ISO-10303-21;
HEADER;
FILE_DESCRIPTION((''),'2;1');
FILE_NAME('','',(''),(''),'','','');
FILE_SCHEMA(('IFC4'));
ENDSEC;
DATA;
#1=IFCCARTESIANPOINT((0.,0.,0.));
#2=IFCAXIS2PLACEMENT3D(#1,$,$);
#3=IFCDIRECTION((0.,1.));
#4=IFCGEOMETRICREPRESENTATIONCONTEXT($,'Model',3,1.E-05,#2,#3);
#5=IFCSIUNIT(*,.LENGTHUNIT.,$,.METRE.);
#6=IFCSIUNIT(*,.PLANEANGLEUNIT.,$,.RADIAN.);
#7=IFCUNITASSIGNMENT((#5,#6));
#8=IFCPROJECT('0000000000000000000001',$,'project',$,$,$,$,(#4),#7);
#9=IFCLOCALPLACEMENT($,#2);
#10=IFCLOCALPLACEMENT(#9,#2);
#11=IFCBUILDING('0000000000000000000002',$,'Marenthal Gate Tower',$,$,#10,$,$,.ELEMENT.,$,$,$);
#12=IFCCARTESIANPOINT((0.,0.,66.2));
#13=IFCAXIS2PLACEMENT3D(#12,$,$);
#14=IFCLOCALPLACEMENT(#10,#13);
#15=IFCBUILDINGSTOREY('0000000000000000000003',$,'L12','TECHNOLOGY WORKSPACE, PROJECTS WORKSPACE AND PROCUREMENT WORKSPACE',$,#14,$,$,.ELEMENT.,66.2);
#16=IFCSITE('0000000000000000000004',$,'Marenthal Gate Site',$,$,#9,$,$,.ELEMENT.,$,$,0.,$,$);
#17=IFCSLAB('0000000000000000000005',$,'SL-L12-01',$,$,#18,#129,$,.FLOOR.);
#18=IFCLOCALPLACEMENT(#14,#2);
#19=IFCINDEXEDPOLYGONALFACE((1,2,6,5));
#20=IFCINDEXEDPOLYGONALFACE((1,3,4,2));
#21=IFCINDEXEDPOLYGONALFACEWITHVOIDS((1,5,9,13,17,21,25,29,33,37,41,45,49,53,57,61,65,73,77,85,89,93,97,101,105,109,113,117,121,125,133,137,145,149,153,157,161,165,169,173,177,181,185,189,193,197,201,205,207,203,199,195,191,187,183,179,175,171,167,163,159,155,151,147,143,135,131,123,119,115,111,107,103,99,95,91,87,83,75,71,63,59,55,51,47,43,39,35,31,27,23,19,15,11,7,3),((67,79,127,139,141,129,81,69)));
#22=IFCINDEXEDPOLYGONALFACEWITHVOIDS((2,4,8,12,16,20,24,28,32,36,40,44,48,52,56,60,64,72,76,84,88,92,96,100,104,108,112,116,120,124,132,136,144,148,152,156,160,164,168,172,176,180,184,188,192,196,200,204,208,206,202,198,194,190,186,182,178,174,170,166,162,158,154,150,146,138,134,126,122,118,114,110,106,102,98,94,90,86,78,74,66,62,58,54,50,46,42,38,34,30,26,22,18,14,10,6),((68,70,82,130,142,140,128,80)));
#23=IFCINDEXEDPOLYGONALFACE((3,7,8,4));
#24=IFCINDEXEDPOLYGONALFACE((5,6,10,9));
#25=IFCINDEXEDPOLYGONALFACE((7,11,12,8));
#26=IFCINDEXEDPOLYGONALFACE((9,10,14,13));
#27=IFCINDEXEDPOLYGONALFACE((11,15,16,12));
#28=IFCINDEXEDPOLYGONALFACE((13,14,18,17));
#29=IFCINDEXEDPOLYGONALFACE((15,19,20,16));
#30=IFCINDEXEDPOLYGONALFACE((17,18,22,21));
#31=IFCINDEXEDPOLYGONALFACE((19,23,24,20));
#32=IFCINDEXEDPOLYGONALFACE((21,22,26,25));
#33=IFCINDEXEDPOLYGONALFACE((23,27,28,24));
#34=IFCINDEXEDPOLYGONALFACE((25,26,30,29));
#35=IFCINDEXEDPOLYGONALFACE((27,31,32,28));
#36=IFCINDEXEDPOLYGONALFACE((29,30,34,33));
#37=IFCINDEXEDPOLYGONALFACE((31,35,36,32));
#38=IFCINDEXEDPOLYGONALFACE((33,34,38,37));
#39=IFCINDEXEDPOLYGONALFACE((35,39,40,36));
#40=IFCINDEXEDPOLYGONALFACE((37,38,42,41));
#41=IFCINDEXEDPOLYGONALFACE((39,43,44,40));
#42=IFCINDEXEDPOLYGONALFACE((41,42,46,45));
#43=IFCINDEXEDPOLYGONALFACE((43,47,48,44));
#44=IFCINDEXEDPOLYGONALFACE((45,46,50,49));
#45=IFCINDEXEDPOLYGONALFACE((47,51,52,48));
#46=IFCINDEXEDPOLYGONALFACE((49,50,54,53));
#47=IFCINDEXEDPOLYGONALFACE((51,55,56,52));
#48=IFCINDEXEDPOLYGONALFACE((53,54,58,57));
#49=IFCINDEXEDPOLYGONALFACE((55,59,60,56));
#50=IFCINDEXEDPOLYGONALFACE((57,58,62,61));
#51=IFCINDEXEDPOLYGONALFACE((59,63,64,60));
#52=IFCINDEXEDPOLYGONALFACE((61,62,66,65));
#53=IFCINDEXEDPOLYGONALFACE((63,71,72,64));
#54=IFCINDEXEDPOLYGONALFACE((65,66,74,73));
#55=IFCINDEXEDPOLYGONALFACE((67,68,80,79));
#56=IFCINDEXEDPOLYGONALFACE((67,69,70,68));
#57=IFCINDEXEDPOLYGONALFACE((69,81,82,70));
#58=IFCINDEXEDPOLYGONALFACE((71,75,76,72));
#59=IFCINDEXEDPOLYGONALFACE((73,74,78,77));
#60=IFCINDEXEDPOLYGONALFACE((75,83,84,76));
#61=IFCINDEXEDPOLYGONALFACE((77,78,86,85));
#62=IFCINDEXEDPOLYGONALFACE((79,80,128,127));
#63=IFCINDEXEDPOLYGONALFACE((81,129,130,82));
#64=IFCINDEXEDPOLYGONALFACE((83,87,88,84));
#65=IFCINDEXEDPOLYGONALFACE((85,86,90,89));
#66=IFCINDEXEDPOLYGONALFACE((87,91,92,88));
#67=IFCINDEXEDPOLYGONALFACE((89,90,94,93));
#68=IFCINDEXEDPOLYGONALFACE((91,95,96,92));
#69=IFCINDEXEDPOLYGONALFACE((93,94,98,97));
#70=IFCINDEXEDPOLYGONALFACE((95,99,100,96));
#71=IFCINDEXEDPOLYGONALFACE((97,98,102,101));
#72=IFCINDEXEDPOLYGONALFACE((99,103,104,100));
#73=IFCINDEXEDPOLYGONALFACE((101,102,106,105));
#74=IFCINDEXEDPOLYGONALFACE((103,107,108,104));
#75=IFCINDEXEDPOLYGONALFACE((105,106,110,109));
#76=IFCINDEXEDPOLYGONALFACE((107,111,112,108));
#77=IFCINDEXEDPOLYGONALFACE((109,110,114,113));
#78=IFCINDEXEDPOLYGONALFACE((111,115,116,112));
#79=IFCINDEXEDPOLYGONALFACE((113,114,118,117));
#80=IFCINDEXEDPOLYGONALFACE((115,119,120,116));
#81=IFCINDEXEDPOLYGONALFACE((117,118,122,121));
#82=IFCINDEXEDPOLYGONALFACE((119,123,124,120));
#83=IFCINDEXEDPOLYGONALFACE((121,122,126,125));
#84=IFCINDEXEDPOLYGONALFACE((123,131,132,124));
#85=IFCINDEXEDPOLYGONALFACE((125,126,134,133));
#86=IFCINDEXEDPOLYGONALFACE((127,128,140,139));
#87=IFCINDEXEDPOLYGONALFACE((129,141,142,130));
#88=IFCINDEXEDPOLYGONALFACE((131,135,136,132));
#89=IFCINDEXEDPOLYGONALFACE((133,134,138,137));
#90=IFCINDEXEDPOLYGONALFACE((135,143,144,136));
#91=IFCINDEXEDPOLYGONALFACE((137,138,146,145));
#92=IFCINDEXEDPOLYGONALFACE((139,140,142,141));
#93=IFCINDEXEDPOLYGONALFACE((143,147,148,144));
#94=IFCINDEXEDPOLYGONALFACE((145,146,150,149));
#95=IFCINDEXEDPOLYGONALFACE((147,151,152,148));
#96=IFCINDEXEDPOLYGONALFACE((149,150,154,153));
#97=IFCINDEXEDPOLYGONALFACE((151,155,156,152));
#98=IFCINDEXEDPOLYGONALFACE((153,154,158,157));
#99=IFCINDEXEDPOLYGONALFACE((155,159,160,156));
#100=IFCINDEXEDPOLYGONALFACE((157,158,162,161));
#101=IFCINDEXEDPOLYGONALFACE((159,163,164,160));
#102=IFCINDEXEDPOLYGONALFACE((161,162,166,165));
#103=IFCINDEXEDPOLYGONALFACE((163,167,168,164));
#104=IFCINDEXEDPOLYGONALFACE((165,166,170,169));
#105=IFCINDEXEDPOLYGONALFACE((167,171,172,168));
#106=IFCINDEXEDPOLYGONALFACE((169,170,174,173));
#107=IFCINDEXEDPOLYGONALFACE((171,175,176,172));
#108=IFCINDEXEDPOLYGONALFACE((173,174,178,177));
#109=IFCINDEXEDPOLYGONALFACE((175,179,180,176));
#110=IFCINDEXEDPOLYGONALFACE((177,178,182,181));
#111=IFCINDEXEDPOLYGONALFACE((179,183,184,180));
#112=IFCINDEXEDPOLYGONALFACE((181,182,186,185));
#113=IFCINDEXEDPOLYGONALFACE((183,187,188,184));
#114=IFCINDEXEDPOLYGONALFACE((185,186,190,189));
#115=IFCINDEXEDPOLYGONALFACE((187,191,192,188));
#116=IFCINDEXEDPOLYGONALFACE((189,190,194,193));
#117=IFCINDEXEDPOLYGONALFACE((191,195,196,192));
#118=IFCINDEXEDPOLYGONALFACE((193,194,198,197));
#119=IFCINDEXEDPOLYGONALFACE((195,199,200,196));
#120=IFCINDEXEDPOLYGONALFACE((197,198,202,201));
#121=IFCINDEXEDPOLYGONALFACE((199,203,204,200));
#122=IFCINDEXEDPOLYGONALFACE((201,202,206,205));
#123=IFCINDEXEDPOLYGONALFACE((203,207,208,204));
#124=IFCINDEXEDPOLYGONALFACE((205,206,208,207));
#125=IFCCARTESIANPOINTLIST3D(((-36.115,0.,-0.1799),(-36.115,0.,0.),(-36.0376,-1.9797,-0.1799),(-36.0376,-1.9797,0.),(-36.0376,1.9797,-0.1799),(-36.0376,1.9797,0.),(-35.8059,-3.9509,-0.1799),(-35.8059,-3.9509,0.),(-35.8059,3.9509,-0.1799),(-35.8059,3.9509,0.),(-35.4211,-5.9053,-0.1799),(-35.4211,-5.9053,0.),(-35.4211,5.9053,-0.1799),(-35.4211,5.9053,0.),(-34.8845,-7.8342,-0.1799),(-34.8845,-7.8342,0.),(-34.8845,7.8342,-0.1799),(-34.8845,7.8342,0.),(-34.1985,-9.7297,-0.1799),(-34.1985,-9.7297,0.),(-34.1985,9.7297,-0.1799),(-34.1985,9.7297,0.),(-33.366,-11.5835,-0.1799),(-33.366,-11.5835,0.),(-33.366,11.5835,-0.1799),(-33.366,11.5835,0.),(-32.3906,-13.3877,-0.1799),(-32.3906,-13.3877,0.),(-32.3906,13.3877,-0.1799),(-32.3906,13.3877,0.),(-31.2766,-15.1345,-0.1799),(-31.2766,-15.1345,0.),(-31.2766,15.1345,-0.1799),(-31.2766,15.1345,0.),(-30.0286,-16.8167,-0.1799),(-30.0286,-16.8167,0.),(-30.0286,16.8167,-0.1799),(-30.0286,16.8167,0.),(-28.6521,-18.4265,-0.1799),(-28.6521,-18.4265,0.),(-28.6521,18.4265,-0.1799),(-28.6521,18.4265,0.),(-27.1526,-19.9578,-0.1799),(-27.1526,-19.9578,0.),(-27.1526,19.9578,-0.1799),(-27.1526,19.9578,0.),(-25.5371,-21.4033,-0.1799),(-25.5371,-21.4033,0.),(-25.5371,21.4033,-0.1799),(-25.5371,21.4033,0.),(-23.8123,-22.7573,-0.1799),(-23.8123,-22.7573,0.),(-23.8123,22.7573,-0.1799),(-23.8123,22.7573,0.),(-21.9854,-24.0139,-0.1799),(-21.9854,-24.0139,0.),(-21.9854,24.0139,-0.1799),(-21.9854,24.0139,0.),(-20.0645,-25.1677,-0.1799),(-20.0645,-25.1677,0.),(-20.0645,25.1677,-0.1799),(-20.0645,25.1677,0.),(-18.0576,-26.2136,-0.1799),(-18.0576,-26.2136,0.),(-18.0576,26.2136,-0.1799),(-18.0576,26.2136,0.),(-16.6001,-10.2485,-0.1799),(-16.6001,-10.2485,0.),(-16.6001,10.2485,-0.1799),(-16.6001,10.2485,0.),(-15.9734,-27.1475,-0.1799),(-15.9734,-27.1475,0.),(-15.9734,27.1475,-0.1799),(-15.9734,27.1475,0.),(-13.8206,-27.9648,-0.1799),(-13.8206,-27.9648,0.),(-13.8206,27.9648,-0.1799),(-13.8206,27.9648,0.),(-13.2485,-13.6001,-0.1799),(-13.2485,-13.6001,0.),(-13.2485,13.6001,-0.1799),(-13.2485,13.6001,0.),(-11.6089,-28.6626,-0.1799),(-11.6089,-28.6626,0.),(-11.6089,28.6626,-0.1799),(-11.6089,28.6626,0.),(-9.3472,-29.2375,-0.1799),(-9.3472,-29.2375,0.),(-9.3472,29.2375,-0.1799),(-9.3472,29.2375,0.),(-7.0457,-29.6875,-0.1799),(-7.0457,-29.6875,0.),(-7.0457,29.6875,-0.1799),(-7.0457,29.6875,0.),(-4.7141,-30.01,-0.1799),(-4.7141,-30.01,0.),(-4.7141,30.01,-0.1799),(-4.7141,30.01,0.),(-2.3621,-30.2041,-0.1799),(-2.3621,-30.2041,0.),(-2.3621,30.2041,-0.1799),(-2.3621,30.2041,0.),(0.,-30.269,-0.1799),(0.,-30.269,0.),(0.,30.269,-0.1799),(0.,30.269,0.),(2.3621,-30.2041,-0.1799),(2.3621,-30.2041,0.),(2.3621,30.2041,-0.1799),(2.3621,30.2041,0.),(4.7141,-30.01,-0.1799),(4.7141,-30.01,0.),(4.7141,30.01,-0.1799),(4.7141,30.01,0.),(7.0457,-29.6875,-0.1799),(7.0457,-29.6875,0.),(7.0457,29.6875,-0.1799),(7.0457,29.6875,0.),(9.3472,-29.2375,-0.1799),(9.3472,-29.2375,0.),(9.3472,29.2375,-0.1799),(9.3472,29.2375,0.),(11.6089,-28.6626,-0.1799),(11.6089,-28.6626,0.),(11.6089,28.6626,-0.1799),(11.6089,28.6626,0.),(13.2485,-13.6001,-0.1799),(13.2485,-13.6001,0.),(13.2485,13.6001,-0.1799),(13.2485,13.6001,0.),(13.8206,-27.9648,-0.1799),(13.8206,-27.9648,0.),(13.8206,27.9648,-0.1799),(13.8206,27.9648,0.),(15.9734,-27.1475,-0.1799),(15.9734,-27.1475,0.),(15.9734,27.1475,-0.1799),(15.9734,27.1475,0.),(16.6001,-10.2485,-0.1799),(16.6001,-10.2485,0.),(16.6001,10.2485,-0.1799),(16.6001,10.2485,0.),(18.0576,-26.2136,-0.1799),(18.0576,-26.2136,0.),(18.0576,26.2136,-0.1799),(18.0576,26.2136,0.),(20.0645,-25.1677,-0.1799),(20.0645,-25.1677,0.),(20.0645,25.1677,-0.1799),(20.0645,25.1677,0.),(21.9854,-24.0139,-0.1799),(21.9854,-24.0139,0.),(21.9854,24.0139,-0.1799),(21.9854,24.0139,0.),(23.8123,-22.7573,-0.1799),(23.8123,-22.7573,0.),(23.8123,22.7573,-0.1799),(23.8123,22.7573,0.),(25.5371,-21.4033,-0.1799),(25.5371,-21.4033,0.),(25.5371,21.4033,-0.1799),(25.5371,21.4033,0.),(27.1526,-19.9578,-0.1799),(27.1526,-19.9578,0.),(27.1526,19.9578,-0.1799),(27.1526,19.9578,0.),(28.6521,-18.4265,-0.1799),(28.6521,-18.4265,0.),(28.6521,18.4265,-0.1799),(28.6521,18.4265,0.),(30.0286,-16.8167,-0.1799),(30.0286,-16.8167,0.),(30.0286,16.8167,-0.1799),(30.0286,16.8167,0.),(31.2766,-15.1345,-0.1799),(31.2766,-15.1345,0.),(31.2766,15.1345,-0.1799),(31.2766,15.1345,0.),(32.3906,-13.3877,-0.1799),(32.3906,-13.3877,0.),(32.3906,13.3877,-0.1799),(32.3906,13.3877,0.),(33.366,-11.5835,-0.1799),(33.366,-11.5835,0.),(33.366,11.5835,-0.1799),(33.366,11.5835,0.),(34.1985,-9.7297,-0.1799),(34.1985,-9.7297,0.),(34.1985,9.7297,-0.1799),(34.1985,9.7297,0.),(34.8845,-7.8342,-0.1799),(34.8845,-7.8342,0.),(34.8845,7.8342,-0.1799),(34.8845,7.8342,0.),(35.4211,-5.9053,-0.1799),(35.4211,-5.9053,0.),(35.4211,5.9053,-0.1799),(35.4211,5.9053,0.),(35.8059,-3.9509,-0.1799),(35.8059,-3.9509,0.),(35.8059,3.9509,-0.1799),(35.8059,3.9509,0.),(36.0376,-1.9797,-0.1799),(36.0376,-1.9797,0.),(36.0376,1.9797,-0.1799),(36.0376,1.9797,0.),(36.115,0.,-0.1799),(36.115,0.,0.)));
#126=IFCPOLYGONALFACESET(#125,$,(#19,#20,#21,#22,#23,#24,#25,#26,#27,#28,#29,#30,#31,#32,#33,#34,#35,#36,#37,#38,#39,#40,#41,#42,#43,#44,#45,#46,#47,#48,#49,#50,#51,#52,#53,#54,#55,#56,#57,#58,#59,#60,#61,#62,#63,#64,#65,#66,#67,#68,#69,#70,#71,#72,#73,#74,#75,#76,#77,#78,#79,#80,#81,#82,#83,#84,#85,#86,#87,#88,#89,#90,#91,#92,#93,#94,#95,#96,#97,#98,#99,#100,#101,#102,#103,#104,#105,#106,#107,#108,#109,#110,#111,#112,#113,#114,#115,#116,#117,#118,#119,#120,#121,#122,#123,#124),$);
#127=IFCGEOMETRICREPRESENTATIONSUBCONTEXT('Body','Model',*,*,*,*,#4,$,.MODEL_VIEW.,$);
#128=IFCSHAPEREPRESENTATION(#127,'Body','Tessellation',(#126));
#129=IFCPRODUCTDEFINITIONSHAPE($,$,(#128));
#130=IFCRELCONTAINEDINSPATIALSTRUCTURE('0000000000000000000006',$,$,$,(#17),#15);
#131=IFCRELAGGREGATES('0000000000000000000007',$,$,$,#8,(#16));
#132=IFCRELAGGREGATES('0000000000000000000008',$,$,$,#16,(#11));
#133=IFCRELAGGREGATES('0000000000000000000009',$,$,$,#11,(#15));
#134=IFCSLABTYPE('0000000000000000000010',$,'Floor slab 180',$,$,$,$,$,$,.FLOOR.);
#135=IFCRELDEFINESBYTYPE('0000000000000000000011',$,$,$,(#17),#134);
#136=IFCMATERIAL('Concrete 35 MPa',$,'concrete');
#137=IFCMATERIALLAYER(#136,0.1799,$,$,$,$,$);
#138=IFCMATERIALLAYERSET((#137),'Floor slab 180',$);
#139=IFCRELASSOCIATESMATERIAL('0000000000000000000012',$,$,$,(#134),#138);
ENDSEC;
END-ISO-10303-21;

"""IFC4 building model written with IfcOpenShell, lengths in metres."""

from ifc_helpers import new_model, si_unit, direction, frame, origin, place, context, subcontext, project, spatial, polyline, outline, extrude, material, layer, layer_set, type_object, element, save


model = new_model("IFC4")

# Units and contexts
model_context = context("Model", 3, precision=1e-05, world=origin(), true_north=direction((0.0, 1.0)))
body_context = subcontext(model_context, "Body", "Model", "MODEL_VIEW")
ifc_project = project(units=[si_unit("LENGTHUNIT", "METRE"), si_unit("PLANEANGLEUNIT", "RADIAN")], contexts=[model_context])

# Site, building, storey
site_placement = place(None, origin())
site = spatial("IfcSite", under=ifc_project, at=site_placement, Name="Marenthal Gate Site", CompositionType="ELEMENT", RefElevation=0.0)
building_placement = place(site_placement, origin())
building = spatial("IfcBuilding", under=site, at=building_placement, Name="Marenthal Gate Tower", CompositionType="ELEMENT")
storey_placement = place(building_placement, frame((0.0, 0.0, 66.2)))
storey = spatial("IfcBuildingStorey", under=building, at=storey_placement, Name="L12", Description="TECHNOLOGY WORKSPACE, PROJECTS WORKSPACE AND PROCUREMENT WORKSPACE", CompositionType="ELEMENT", Elevation=66.2)

# Slab
ifc_material_1 = material(Name="Concrete 35 MPa", Category="concrete")
ifc_layer_1 = layer(ifc_material_1, 0.1799)
ifc_layer_set_1 = layer_set([ifc_layer_1], Name="Floor slab 180")
slab_type_1 = type_object("IfcSlabType", Name="Floor slab 180", PredefinedType="FLOOR", material=ifc_layer_set_1)
slab_1_placement = place(storey_placement, frame((0.0, 0.0, -0.1799)))
element("IfcSlab", 1, at=slab_1_placement, inside=storey, type_object=slab_type_1, Name="SL-L12-01", PredefinedType="FLOOR", context=body_context, shape_type="SweptSolid", body=[
    extrude(outline(polyline([(36.115, 0.0), (36.0376, 1.9797), (35.8059, 3.9509), (35.4211, 5.9053), (34.8845, 7.8342), (34.1985, 9.7297), (33.366, 11.5835), (32.3906, 13.3877), (31.2766, 15.1345), (30.0286, 16.8167), (28.6521, 18.4265), (27.1526, 19.9578), (25.5371, 21.4033), (23.8123, 22.7573), (21.9854, 24.0139), (20.0645, 25.1677), (18.0576, 26.2136), (15.9734, 27.1475), (13.8206, 27.9648), (11.6089, 28.6626), (9.3472, 29.2375), (7.0457, 29.6875), (4.7141, 30.01), (2.3621, 30.2041), (0.0, 30.269), (-2.3621, 30.2041), (-4.7141, 30.01), (-7.0457, 29.6875), (-9.3472, 29.2375), (-11.6089, 28.6626), (-13.8206, 27.9648), (-15.9734, 27.1475), (-18.0576, 26.2136), (-20.0645, 25.1677), (-21.9854, 24.0139), (-23.8123, 22.7573), (-25.5371, 21.4033), (-27.1526, 19.9578), (-28.6521, 18.4265), (-30.0286, 16.8167), (-31.2766, 15.1345), (-32.3906, 13.3877), (-33.366, 11.5835), (-34.1985, 9.7297), (-34.8845, 7.8342), (-35.4211, 5.9053), (-35.8059, 3.9509), (-36.0376, 1.9797), (-36.115, 0.0), (-36.0376, -1.9797), (-35.8059, -3.9509), (-35.4211, -5.9053), (-34.8845, -7.8342), (-34.1985, -9.7297), (-33.366, -11.5835), (-32.3906, -13.3877), (-31.2766, -15.1345), (-30.0286, -16.8167), (-28.6521, -18.4265), (-27.1526, -19.9578), (-25.5371, -21.4033), (-23.8123, -22.7573), (-21.9854, -24.0139), (-20.0645, -25.1677), (-18.0576, -26.2136), (-15.9734, -27.1475), (-13.8206, -27.9648), (-11.6089, -28.6626), (-9.3472, -29.2375), (-7.0457, -29.6875), (-4.7141, -30.01), (-2.3621, -30.2041), (0.0, -30.269), (2.3621, -30.2041), (4.7141, -30.01), (7.0457, -29.6875), (9.3472, -29.2375), (11.6089, -28.6626), (13.8206, -27.9648), (15.9734, -27.1475), (18.0576, -26.2136), (20.0645, -25.1677), (21.9854, -24.0139), (23.8123, -22.7573), (25.5371, -21.4033), (27.1526, -19.9578), (28.6521, -18.4265), (30.0286, -16.8167), (31.2766, -15.1345), (32.3906, -13.3877), (33.366, -11.5835), (34.1985, -9.7297), (34.8845, -7.8342), (35.4211, -5.9053), (35.8059, -3.9509), (36.0376, -1.9797), (36.115, 0.0)]), holes=[polyline([(13.2485, -13.6001), (16.6001, -10.2485), (16.6001, 10.2485), (13.2485, 13.6001), (-13.2485, 13.6001), (-16.6001, 10.2485), (-16.6001, -10.2485), (-13.2485, -13.6001), (13.2485, -13.6001)])]), origin(), (0.0, 0.0, 1.0), 0.1799),
])

save(model, "model.ifc")
